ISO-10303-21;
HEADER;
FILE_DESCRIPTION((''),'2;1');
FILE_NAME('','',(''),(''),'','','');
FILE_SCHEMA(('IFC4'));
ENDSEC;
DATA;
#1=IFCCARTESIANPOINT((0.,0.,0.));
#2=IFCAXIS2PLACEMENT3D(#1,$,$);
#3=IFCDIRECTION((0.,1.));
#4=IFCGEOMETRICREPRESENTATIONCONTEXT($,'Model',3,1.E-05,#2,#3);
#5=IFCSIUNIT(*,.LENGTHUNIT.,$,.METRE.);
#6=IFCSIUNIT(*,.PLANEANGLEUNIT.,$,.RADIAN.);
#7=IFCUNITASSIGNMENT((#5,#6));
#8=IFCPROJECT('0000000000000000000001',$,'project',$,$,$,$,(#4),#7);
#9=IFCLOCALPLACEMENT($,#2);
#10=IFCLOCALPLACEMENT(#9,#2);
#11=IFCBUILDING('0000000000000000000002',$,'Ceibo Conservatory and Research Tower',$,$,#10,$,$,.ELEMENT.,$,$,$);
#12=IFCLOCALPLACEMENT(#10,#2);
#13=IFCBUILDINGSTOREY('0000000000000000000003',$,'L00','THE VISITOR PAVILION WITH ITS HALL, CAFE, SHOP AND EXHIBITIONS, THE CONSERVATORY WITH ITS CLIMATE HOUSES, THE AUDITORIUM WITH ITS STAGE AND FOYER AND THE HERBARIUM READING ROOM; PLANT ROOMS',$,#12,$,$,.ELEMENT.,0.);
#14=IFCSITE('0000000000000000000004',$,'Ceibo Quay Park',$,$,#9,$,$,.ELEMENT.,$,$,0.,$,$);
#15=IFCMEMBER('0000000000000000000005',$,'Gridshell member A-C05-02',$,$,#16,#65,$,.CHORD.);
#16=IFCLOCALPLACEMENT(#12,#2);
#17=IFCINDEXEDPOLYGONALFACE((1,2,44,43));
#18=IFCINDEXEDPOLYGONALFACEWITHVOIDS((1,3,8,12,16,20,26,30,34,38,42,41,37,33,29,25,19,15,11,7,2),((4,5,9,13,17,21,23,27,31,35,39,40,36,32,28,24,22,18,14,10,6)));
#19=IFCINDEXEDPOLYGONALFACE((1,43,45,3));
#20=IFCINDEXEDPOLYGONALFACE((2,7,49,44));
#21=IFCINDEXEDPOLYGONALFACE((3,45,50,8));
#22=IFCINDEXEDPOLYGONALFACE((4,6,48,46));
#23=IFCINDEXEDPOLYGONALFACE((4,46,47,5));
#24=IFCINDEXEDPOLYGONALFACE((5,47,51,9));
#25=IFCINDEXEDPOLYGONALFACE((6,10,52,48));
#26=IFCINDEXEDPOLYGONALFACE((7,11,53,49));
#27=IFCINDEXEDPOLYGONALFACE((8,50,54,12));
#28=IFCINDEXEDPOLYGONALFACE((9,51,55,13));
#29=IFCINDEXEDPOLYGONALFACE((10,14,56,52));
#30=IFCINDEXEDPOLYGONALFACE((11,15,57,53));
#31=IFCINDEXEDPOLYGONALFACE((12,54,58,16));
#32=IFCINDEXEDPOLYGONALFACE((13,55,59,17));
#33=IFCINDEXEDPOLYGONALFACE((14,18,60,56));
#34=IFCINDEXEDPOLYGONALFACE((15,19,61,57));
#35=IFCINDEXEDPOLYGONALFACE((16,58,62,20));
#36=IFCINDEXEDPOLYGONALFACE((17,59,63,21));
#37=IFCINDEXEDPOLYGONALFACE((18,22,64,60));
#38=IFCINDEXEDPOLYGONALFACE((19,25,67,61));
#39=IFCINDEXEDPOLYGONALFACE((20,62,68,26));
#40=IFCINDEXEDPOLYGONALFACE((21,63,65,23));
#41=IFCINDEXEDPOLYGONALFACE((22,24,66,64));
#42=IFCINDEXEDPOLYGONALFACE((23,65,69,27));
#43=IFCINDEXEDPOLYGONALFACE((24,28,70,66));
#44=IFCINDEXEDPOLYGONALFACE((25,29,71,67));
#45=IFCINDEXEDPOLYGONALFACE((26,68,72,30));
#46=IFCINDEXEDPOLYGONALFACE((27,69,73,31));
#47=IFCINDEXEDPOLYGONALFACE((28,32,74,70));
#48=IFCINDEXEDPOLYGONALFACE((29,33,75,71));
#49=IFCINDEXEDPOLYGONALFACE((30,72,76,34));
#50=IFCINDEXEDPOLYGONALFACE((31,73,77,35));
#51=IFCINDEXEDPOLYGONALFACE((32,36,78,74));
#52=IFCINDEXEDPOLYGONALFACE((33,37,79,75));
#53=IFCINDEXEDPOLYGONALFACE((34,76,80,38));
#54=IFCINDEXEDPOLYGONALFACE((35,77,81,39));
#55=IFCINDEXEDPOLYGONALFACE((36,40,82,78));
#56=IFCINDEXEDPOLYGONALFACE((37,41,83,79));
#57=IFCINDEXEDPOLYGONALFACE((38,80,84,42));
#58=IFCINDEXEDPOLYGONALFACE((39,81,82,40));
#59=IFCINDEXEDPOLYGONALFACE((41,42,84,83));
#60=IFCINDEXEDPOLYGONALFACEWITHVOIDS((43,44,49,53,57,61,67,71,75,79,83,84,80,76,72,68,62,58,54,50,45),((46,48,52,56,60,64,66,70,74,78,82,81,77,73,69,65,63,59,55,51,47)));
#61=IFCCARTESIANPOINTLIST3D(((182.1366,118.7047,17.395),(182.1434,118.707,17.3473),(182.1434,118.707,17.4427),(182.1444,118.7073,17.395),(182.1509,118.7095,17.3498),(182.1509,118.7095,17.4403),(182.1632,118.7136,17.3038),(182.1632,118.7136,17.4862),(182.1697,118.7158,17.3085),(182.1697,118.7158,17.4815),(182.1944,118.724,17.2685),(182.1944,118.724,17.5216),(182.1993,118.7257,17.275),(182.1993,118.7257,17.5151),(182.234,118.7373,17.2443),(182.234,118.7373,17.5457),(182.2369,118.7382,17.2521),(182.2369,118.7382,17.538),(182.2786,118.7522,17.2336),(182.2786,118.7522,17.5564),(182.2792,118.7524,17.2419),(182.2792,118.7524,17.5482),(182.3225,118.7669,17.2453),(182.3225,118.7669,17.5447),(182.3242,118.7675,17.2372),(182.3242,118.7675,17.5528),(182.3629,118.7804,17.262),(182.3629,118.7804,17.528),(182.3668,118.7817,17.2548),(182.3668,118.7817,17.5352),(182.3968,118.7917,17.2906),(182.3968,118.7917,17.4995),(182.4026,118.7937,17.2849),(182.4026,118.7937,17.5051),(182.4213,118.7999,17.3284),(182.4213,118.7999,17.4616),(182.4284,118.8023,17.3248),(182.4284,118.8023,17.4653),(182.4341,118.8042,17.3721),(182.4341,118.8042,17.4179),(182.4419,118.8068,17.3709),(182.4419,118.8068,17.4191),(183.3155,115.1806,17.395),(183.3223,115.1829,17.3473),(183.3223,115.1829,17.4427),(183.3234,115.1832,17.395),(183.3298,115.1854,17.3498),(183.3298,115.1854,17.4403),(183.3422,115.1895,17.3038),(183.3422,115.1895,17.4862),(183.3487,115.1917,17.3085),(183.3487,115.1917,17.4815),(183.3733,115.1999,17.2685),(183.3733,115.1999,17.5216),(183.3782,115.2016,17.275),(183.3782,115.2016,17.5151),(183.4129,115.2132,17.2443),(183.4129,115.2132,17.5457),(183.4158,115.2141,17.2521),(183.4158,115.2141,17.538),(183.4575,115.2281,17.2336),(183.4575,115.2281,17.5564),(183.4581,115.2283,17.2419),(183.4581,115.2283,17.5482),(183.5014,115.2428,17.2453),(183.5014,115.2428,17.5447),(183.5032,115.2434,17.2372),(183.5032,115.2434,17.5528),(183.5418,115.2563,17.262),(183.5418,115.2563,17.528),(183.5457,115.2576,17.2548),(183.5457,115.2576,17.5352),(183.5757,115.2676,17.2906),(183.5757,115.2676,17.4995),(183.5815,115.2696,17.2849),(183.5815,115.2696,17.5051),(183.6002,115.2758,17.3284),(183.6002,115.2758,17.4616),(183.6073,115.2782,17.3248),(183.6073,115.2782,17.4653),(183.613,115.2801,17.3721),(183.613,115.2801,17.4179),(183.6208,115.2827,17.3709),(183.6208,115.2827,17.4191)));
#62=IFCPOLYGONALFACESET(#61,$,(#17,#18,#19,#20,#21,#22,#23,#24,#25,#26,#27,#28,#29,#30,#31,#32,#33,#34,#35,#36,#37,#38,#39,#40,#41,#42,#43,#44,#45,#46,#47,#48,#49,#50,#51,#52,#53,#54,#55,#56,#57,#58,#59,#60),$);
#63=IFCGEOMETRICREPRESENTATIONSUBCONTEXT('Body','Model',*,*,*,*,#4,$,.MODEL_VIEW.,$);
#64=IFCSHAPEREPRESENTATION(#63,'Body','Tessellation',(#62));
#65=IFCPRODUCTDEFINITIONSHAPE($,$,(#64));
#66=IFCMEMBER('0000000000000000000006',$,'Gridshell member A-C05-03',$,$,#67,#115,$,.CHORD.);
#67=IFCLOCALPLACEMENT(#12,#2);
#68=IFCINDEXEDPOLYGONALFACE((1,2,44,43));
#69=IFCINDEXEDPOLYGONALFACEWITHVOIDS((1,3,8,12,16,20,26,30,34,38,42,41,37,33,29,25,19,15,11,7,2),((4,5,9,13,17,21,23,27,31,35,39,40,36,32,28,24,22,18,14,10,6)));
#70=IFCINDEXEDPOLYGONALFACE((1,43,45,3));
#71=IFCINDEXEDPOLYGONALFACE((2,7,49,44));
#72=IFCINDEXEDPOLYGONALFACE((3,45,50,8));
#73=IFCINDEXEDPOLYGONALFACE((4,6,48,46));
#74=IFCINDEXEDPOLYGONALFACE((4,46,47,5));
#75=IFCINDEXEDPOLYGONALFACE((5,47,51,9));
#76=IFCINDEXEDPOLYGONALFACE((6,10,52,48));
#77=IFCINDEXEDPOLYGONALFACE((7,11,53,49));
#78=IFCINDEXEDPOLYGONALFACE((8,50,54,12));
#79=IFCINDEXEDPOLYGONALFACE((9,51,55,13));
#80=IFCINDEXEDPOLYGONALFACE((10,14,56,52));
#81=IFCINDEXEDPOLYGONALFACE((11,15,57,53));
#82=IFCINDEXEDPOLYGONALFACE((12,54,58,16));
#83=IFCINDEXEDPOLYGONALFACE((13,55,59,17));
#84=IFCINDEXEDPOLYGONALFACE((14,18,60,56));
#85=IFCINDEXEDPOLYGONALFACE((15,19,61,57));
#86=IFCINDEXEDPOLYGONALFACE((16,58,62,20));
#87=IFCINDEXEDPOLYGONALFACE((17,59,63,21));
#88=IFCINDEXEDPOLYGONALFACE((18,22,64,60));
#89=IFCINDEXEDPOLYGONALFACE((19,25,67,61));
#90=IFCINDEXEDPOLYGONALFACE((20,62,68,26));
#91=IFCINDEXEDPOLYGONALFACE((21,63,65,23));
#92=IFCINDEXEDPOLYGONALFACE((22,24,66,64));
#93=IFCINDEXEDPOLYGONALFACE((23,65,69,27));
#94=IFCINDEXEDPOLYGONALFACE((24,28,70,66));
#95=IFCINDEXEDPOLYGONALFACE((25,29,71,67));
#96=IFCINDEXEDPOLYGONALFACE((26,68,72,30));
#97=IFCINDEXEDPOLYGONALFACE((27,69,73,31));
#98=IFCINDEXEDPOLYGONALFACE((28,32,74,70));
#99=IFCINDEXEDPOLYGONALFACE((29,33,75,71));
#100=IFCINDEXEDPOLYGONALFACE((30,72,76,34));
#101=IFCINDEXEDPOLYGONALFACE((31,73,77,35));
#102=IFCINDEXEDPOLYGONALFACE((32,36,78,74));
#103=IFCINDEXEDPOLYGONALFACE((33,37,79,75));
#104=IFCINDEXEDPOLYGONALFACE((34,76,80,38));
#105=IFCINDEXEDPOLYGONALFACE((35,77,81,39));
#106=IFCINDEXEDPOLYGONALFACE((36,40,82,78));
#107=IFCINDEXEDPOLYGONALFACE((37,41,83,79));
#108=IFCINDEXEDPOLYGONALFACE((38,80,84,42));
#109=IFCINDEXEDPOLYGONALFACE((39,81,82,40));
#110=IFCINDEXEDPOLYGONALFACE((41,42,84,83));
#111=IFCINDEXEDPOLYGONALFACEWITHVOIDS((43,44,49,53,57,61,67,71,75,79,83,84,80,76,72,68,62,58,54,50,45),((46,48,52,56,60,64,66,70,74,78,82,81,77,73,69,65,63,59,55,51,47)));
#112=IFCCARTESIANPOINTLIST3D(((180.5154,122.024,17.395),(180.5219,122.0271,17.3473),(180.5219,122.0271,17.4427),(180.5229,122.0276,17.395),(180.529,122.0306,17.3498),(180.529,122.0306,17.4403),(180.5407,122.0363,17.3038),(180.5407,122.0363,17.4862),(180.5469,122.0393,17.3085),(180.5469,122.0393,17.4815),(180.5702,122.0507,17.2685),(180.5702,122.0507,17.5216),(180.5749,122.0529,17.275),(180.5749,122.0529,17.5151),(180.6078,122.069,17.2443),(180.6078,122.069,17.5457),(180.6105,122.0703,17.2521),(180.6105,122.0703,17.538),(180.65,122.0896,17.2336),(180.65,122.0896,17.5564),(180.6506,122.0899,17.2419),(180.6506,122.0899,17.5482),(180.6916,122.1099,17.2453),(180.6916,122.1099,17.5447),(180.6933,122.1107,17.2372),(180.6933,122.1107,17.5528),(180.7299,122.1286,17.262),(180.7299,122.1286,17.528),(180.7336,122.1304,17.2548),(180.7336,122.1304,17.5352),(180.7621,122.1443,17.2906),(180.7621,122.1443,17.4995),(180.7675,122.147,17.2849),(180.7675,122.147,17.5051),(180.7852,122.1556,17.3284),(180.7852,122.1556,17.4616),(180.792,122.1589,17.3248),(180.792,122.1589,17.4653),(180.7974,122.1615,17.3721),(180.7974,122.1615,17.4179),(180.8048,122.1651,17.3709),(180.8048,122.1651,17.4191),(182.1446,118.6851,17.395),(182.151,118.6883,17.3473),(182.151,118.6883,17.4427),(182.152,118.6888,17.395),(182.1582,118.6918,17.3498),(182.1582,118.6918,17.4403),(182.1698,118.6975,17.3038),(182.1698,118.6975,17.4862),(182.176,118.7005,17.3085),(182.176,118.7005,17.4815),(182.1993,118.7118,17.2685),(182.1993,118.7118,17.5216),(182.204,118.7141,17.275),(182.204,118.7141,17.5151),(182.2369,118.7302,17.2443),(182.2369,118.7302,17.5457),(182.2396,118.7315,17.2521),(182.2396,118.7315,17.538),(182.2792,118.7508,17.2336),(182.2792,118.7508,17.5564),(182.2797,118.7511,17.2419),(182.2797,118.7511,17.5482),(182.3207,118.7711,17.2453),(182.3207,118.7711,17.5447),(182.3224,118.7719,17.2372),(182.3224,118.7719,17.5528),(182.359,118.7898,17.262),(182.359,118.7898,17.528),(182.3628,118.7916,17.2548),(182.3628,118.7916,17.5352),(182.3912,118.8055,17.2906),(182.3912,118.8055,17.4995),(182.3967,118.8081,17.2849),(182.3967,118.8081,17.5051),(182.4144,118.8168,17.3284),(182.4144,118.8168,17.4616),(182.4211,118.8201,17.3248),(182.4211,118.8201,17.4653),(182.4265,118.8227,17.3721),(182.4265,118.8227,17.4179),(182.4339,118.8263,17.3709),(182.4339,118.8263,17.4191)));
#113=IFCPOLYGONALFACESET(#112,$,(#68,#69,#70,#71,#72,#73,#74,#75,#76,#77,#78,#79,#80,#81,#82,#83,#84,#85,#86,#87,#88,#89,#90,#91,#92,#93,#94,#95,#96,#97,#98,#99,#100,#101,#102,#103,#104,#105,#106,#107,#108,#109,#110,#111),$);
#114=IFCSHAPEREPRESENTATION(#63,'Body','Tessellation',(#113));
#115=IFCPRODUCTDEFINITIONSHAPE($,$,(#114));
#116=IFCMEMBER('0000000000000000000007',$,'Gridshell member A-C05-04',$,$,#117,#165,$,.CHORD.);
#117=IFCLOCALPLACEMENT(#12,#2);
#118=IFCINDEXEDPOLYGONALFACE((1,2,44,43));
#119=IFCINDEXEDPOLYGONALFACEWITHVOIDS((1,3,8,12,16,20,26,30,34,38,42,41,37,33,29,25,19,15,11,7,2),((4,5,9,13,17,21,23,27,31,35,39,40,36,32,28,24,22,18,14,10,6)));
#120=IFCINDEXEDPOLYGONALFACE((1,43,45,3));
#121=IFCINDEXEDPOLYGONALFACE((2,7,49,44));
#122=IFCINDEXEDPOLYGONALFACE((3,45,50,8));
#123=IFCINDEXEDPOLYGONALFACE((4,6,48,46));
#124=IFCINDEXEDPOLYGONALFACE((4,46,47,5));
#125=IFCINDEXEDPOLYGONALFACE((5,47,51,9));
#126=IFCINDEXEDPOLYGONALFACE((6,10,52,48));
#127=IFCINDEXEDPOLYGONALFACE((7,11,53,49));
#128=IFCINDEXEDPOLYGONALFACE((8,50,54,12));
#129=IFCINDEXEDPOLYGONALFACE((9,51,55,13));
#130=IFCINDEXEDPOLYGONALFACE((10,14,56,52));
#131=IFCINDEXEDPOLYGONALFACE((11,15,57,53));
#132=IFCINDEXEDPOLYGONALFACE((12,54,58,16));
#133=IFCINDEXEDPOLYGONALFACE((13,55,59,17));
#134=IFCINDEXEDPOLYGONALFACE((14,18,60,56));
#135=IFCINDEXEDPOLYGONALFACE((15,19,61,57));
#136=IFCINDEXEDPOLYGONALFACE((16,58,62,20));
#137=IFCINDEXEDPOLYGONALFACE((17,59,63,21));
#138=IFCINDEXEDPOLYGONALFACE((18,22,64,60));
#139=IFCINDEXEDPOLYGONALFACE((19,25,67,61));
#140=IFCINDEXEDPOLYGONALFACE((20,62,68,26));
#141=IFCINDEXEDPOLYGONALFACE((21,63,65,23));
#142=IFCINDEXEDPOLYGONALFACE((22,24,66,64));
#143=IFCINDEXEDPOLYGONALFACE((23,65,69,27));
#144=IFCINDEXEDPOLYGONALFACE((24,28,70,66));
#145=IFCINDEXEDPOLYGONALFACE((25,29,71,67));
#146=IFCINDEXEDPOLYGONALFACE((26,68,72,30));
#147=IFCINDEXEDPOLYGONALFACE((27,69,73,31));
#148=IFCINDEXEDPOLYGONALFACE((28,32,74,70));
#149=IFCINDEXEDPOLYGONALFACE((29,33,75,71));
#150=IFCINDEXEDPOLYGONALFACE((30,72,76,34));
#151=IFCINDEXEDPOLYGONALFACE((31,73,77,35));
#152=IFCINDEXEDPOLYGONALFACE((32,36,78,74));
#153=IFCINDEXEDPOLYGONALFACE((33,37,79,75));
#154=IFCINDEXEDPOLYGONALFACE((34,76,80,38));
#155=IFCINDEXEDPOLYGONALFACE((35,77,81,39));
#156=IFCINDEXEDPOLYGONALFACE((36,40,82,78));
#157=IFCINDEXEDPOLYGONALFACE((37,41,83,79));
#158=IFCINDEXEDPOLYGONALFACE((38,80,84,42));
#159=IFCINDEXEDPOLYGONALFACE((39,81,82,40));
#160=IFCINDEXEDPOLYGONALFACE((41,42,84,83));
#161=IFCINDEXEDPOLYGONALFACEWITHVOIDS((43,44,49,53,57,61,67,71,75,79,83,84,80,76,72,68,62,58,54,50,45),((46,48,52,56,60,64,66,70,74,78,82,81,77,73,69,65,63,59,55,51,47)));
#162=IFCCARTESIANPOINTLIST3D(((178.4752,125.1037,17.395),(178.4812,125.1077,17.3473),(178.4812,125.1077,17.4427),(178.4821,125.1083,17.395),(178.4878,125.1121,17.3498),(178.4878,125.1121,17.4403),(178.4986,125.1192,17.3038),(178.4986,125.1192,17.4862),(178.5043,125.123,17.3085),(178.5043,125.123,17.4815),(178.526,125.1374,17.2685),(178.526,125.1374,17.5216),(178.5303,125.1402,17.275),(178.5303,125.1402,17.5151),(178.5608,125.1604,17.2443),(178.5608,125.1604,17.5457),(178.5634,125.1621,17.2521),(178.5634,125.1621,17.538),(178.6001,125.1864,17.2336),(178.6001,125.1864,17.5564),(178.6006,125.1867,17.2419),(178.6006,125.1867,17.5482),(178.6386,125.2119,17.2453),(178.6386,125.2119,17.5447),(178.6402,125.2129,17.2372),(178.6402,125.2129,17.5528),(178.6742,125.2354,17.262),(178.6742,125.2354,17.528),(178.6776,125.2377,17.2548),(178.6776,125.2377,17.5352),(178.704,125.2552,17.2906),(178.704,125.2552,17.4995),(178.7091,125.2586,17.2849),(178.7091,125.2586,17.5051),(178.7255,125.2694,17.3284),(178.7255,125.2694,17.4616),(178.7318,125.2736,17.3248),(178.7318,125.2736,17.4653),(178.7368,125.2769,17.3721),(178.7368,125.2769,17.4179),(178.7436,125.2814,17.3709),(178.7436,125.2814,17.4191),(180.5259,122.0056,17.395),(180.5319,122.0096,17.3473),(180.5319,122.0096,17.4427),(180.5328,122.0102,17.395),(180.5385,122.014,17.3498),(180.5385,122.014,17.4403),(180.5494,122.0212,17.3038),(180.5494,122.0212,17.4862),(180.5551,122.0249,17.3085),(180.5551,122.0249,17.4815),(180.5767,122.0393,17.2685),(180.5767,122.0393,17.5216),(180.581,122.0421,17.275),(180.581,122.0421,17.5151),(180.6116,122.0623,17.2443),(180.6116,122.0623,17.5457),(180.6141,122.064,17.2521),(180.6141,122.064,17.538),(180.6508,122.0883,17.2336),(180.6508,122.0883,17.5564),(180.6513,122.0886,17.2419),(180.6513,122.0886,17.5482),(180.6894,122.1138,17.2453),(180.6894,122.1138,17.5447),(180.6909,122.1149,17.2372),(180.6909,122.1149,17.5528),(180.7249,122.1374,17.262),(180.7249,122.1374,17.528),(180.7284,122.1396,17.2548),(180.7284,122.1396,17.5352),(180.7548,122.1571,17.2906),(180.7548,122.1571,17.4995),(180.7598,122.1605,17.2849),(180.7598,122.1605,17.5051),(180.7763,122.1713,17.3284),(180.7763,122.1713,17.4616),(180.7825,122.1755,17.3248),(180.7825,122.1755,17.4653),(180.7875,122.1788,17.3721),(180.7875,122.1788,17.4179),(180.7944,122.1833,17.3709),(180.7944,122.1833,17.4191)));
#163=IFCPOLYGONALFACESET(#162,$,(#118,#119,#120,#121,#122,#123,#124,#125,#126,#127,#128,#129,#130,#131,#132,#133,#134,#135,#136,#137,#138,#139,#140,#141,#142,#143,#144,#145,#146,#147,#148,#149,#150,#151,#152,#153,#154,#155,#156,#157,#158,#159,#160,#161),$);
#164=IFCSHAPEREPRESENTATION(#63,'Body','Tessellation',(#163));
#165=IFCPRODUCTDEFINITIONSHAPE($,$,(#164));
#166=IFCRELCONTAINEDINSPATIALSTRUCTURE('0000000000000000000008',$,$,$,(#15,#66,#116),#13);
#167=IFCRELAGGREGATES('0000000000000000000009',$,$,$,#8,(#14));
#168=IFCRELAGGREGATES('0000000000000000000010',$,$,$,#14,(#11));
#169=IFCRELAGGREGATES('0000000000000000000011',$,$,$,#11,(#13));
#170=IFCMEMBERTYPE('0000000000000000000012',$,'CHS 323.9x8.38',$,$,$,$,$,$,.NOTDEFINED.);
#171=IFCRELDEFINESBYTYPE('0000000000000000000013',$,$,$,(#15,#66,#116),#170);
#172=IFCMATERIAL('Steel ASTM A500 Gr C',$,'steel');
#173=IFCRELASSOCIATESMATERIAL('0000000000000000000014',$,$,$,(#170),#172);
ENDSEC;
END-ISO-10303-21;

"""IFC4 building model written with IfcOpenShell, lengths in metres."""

from ifc_helpers import new_model, si_unit, direction, frame, origin, origin_2d, place, context, subcontext, project, spatial, hollow_circle, extrude, material, material_profile, profile_set, type_object, element, save


model = new_model("IFC4")

# Units and contexts
model_context = context("Model", 3, precision=1e-05, world=origin(), true_north=direction((0.0, 1.0)))
body_context = subcontext(model_context, "Body", "Model", "MODEL_VIEW")
ifc_project = project(units=[si_unit("LENGTHUNIT", "METRE"), si_unit("PLANEANGLEUNIT", "RADIAN")], contexts=[model_context])

# Site, building, storey
site_placement = place(None, origin())
site = spatial("IfcSite", under=ifc_project, at=site_placement, Name="Ceibo Quay Park", CompositionType="ELEMENT", RefElevation=0.0)
building_placement = place(site_placement, origin())
building = spatial("IfcBuilding", under=site, at=building_placement, Name="Ceibo Conservatory and Research Tower", CompositionType="ELEMENT")
storey_placement = place(building_placement, origin())
storey = spatial("IfcBuildingStorey", under=building, at=storey_placement, Name="L00", Description="THE VISITOR PAVILION WITH ITS HALL, CAFE, SHOP AND EXHIBITIONS, THE CONSERVATORY WITH ITS CLIMATE HOUSES, THE AUDITORIUM WITH ITS STAGE AND FOYER AND THE HERBARIUM READING ROOM; PLANT ROOMS", CompositionType="ELEMENT", Elevation=0.0)

# Members
ifc_material_1 = material(Name="Steel ASTM A500 Gr C", Category="steel")
ifc_material_profile_1 = material_profile(ifc_material_1, hollow_circle(Radius=0.1619, WallThickness=0.0083, at=origin_2d()), Name="CHS 323.9x8.38")
ifc_profile_set_1 = profile_set([ifc_material_profile_1], Name="Steel ASTM A500 Gr C")
member_type_1 = type_object("IfcMemberType", Name="CHS 323.9x8.38", PredefinedType="NOTDEFINED", material=ifc_profile_set_1)
member_1_placement = place(storey_placement, frame((183.469, 115.2319, 17.395), z_axis=(-0.317252, 0.948341, 0.0), x_axis=(-0.948341, -0.317252, 0.0)))
element("IfcMember", 1, at=member_1_placement, inside=storey, type_object=member_type_1, Name="Gridshell member A-C05-02", PredefinedType="CHORD", context=body_context, shape_type="SweptSolid", body=[
    extrude(hollow_circle(Radius=0.1619, WallThickness=0.0083, at=origin_2d()), origin(), (0.0, 0.0, 1.0), 3.7161),
])
member_2_placement = place(storey_placement, frame((182.29, 118.7561, 17.395), z_axis=(-0.438518, 0.898722, 0.0), x_axis=(-0.898722, -0.438518, 0.0)))
element("IfcMember", 2, at=member_2_placement, inside=storey, type_object=member_type_1, Name="Gridshell member A-C05-03", PredefinedType="CHORD", context=body_context, shape_type="SweptSolid", body=[
    extrude(hollow_circle(Radius=0.1619, WallThickness=0.0083, at=origin_2d()), origin(), (0.0, 0.0, 1.0), 3.7151),
])
member_3_placement = place(storey_placement, frame((180.6609, 122.095, 17.395), z_axis=(-0.551968, 0.833865, 0.0), x_axis=(-0.833865, -0.551968, 0.0)))
element("IfcMember", 3, at=member_3_placement, inside=storey, type_object=member_type_1, Name="Gridshell member A-C05-04", PredefinedType="CHORD", context=body_context, shape_type="SweptSolid", body=[
    extrude(hollow_circle(Radius=0.1619, WallThickness=0.0083, at=origin_2d()), origin(), (0.0, 0.0, 1.0), 3.7153),
])

save(model, "model.ifc")
